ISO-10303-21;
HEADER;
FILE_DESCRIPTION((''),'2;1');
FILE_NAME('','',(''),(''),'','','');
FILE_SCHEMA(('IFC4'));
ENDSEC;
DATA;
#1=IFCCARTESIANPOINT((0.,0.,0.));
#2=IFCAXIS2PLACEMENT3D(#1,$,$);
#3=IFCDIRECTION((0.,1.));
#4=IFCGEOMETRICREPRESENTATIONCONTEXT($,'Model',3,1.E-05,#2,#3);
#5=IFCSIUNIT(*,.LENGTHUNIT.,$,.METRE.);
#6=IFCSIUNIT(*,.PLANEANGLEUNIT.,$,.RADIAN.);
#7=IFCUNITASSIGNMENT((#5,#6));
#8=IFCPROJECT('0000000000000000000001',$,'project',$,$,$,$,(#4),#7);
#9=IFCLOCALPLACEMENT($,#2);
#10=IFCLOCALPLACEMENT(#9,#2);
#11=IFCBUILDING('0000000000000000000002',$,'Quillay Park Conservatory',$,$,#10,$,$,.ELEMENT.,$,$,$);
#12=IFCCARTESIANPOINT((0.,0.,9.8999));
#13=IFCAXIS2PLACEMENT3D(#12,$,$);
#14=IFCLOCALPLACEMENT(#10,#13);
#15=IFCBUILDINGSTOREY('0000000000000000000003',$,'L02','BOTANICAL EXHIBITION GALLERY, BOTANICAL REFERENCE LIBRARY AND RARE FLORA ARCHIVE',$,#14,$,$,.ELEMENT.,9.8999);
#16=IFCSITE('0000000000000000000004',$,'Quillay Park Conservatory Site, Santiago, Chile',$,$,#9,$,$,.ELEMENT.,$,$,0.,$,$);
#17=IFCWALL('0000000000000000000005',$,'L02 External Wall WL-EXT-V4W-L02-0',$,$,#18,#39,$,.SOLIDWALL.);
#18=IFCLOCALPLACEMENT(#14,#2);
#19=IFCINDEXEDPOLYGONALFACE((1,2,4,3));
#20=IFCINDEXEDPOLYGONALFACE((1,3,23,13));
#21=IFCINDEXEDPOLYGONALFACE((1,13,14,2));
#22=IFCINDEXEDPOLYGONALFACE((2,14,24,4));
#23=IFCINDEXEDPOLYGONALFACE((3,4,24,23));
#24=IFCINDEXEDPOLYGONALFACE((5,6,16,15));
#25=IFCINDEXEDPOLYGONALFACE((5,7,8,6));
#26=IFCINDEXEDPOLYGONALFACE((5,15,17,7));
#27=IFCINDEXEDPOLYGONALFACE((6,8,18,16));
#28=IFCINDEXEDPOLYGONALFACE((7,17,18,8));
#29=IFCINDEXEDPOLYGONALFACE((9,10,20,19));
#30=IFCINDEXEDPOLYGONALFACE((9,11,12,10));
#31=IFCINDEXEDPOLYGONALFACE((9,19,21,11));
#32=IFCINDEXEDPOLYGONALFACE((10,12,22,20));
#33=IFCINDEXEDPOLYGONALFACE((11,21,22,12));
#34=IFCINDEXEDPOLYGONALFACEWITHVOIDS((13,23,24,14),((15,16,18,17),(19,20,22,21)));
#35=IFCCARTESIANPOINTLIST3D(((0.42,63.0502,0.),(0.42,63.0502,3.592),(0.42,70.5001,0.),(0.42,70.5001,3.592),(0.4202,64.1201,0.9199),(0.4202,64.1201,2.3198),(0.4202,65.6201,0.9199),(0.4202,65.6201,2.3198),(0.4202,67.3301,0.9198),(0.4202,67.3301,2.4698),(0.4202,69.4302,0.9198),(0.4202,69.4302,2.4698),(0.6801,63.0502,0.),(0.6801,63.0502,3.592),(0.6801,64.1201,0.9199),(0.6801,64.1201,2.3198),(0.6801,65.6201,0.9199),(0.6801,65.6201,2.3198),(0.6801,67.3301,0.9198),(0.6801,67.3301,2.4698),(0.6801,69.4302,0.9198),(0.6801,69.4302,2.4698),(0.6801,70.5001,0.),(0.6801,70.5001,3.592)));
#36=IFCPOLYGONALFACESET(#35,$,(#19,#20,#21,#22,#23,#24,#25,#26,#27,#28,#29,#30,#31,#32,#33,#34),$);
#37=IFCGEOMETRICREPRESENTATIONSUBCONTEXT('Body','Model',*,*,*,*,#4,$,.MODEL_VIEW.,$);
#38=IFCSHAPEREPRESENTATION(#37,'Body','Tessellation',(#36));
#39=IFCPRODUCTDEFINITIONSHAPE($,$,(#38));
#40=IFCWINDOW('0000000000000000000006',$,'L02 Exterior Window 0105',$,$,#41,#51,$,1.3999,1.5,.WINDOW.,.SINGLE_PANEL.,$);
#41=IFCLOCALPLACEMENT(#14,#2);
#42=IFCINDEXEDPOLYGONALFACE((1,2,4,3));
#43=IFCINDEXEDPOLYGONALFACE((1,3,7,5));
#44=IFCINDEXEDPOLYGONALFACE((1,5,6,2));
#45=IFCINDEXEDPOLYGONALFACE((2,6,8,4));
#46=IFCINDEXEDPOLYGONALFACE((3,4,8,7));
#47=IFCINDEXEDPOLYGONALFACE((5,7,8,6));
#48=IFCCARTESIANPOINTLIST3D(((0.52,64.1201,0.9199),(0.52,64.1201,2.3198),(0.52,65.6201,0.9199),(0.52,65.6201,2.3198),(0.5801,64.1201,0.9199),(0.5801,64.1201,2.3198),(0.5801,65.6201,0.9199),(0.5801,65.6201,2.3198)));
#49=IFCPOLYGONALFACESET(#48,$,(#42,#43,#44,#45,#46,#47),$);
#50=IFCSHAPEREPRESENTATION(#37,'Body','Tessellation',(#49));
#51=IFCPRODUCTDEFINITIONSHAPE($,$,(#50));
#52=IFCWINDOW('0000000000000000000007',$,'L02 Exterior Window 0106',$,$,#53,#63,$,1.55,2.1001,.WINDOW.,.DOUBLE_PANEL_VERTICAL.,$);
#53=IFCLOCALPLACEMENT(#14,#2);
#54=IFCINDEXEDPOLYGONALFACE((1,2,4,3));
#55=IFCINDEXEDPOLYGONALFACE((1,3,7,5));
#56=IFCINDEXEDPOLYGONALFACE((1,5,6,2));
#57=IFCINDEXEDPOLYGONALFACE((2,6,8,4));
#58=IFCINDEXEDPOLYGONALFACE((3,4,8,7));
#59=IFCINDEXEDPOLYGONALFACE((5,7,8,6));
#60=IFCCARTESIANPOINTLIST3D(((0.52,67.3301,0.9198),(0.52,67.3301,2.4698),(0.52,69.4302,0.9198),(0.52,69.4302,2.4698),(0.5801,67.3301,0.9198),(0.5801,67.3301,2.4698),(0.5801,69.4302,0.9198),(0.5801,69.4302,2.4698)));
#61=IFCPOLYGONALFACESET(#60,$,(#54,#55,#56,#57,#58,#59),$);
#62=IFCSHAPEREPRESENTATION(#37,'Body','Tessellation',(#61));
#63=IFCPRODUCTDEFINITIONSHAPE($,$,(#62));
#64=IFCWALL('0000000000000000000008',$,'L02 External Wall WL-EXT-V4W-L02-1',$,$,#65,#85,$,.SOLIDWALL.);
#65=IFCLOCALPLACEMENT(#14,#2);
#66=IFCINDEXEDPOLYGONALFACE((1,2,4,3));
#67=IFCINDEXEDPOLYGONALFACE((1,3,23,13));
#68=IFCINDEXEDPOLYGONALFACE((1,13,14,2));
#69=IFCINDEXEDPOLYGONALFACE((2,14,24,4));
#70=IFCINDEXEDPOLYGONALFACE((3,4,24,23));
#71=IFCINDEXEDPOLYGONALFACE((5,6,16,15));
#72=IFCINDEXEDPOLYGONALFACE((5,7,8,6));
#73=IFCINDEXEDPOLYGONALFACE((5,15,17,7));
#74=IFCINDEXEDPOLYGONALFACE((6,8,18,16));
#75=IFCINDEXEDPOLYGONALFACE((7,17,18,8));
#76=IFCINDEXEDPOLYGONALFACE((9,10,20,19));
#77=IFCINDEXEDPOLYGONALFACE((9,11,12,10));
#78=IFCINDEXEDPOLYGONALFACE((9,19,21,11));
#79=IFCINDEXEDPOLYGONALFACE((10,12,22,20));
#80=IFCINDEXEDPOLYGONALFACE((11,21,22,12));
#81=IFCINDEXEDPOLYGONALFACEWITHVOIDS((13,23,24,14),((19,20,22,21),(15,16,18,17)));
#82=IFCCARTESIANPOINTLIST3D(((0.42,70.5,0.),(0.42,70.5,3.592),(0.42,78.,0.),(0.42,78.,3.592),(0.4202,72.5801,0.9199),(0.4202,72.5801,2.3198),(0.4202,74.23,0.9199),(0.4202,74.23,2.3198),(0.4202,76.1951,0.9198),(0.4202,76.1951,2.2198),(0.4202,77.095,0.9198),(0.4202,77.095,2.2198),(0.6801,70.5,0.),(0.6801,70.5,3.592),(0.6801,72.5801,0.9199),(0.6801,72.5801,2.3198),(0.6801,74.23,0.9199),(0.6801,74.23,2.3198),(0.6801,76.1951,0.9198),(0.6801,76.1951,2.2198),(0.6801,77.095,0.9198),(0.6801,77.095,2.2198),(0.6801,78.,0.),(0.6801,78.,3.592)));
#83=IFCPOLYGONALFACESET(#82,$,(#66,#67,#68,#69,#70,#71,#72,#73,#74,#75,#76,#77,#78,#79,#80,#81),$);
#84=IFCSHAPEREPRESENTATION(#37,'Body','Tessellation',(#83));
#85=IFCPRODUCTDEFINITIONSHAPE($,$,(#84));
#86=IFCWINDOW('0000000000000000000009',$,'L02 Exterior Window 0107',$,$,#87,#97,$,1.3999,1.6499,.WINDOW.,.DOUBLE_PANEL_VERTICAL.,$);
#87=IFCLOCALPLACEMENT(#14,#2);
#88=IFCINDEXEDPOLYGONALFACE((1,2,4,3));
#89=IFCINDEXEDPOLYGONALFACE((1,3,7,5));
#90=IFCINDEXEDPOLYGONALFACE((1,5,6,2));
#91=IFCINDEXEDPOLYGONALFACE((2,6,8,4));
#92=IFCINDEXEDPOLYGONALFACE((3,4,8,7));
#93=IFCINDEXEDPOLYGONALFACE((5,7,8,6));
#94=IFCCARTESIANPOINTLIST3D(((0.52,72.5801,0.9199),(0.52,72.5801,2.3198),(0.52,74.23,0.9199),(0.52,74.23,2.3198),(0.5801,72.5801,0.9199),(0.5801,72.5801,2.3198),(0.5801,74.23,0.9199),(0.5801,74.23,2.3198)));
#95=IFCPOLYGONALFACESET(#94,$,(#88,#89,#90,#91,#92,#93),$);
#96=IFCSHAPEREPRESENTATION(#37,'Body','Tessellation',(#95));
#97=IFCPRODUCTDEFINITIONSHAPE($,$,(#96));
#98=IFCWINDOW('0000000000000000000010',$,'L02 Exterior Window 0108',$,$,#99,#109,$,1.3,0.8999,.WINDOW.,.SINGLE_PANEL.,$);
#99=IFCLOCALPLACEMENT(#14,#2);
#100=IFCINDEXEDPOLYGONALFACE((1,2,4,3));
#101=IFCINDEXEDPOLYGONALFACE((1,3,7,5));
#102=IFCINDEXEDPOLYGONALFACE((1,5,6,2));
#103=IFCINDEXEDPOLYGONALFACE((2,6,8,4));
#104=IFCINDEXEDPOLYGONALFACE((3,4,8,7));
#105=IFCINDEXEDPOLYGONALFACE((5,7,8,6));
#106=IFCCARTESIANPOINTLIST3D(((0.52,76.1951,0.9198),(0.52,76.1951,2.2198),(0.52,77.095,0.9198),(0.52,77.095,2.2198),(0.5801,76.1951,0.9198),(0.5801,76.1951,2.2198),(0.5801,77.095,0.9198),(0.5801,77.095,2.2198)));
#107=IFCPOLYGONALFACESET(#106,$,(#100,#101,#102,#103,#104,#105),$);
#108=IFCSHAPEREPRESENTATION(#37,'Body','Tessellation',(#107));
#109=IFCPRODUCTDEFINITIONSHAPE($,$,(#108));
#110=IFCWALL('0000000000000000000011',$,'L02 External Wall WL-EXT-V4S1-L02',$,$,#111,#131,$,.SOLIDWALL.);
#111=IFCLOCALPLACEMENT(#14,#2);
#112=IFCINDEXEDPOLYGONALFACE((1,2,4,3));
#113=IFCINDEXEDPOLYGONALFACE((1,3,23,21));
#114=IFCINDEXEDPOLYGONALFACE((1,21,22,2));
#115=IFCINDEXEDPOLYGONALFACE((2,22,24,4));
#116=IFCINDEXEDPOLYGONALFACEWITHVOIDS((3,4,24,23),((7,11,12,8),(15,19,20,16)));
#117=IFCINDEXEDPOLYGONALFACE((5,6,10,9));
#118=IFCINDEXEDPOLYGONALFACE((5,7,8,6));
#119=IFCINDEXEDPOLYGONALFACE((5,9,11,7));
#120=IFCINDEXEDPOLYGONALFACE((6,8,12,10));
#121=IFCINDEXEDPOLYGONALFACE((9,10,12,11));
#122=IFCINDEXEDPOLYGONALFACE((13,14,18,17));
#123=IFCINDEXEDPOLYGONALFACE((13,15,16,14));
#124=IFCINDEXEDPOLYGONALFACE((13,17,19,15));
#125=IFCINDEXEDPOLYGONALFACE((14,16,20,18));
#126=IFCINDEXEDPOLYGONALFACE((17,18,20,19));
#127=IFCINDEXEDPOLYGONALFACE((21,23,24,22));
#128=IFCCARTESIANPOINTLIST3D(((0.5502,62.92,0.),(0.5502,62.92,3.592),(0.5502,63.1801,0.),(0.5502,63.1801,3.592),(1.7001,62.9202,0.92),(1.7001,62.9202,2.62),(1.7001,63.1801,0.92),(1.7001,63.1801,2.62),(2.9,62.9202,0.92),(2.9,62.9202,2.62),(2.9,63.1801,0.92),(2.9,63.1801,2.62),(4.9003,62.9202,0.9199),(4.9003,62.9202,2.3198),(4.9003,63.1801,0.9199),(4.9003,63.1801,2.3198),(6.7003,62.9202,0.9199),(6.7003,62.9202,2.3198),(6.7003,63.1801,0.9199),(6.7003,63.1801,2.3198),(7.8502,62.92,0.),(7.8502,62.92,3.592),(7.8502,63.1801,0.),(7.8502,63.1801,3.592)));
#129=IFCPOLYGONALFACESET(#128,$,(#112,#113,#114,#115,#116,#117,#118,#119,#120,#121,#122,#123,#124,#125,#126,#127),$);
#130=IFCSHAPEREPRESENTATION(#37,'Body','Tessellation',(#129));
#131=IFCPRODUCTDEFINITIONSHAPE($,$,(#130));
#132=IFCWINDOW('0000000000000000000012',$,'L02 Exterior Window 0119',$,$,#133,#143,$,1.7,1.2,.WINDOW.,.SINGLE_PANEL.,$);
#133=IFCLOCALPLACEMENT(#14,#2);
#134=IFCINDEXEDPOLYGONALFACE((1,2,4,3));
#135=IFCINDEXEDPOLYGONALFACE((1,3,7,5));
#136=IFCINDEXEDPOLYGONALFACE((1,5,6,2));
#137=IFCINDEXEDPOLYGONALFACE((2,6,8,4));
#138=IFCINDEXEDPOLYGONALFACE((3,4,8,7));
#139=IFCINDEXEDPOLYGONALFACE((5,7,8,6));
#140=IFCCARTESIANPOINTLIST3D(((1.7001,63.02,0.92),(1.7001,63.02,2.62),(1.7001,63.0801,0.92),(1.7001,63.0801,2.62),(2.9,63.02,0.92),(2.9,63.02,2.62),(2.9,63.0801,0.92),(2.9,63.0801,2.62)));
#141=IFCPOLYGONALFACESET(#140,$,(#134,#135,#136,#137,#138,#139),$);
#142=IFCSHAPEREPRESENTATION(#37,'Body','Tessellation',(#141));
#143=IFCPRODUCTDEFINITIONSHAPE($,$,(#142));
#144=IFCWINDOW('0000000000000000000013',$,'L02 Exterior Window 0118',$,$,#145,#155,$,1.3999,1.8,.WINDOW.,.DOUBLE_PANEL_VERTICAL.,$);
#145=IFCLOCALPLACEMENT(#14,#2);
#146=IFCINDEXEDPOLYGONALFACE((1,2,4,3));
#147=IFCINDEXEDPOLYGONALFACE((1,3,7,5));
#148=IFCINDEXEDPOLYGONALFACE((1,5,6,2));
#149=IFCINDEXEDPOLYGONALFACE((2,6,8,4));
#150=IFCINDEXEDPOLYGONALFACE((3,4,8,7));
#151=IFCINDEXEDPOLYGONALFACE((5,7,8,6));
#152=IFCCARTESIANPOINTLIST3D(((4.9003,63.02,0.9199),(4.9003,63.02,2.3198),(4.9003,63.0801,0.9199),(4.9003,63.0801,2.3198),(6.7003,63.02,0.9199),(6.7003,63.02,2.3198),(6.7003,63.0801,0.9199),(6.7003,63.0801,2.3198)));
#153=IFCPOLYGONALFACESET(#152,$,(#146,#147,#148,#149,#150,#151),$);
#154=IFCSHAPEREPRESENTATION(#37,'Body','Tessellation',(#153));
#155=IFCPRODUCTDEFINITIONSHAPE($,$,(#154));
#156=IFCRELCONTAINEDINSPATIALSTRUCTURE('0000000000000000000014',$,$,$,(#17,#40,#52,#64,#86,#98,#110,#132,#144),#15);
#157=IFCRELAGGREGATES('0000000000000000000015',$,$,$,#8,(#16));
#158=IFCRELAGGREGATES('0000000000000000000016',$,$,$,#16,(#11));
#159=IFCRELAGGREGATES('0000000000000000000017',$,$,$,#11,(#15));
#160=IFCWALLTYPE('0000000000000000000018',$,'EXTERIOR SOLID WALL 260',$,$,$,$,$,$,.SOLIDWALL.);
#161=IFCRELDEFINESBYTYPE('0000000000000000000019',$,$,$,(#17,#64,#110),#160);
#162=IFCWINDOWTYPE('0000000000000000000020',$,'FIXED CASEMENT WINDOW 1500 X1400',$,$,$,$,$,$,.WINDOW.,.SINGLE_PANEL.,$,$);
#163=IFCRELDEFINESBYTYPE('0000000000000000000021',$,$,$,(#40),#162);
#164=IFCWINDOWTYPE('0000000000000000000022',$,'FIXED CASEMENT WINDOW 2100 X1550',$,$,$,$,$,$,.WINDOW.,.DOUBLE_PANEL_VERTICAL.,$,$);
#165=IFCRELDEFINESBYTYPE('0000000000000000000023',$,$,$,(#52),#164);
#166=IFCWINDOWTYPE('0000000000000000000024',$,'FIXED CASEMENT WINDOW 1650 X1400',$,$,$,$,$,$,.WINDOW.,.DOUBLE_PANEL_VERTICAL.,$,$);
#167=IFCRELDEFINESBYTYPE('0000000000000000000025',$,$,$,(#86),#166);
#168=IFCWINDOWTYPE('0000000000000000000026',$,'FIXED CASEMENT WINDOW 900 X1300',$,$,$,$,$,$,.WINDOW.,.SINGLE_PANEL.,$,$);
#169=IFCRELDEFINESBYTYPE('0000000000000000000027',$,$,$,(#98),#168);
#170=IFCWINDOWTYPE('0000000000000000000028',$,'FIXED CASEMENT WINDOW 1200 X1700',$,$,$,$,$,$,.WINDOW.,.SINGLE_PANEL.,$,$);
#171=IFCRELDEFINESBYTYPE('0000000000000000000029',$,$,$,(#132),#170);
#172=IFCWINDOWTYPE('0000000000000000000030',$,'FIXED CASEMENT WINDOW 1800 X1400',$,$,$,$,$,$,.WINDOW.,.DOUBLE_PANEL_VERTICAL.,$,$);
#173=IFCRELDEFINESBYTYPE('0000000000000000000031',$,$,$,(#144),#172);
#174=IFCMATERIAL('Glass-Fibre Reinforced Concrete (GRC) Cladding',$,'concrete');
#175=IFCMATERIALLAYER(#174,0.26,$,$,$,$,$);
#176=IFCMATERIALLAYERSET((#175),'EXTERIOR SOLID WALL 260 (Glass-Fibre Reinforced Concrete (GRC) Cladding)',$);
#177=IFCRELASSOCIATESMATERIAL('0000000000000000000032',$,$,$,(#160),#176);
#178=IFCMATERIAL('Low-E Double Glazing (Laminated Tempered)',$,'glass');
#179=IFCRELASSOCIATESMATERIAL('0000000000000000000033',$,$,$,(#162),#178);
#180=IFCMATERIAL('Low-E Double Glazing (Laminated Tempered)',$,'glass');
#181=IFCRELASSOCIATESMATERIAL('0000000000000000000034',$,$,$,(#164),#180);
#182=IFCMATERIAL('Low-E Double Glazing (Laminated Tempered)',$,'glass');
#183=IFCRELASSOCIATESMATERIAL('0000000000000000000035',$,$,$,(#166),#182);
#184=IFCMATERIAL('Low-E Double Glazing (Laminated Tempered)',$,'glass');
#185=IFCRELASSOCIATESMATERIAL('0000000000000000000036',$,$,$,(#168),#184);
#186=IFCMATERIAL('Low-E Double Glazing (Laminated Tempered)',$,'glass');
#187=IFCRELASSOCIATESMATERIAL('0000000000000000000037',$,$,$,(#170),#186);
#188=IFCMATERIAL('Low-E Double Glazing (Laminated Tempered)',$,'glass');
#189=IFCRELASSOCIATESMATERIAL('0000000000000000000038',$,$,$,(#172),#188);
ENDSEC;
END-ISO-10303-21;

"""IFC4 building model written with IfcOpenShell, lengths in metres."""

from ifc_helpers import new_model, si_unit, direction, frame, frame_2d, origin, place, context, subcontext, project, spatial, rectangle, extrude, material, layer, layer_set, type_object, element, fill, save


model = new_model("IFC4")

# Units and contexts
model_context = context("Model", 3, precision=1e-05, world=origin(), true_north=direction((0.0, 1.0)))
body_context = subcontext(model_context, "Body", "Model", "MODEL_VIEW")
ifc_project = project(units=[si_unit("LENGTHUNIT", "METRE"), si_unit("PLANEANGLEUNIT", "RADIAN")], contexts=[model_context])

# Site, building, storey
site_placement = place(None, origin())
site = spatial("IfcSite", under=ifc_project, at=site_placement, Name="Quillay Park Conservatory Site, Santiago, Chile", CompositionType="ELEMENT", RefElevation=0.0)
building_placement = place(site_placement, origin())
building = spatial("IfcBuilding", under=site, at=building_placement, Name="Quillay Park Conservatory", CompositionType="ELEMENT")
storey_placement = place(building_placement, frame((0.0, 0.0, 9.8999)))
storey = spatial("IfcBuildingStorey", under=building, at=storey_placement, Name="L02", Description="BOTANICAL EXHIBITION GALLERY, BOTANICAL REFERENCE LIBRARY AND RARE FLORA ARCHIVE", CompositionType="ELEMENT", Elevation=9.8999)

# Walls, openings, windows
ifc_material_1 = material(Name="Glass-Fibre Reinforced Concrete (GRC) Cladding", Category="concrete")
ifc_layer = layer(ifc_material_1, 0.26)
ifc_layer_set = layer_set([ifc_layer], Name="EXTERIOR SOLID WALL 260 (Glass-Fibre Reinforced Concrete (GRC) Cladding)")
wall_type = type_object("IfcWallType", Name="EXTERIOR SOLID WALL 260", PredefinedType="SOLIDWALL", material=ifc_layer_set)
wall_1_placement = place(storey_placement, frame((0.55, 63.05, 0.0), z_axis=(0.0, 0.0, 1.0), x_axis=(0.0, 1.0, 0.0)))
wall_1 = element("IfcWall", 1, at=wall_1_placement, inside=storey, type_object=wall_type, Name="L02 External Wall WL-EXT-V4W-L02-0", PredefinedType="SOLIDWALL", context=body_context, shape_type="SweptSolid", body=[
    extrude(rectangle(XDim=7.45, YDim=0.26, at=frame_2d((3.7251, 0.0))), origin(), (0.0, 0.0, 1.0), 3.592),
])
opening_1_placement = place(wall_1_placement, frame((1.0701, 0.0, 0.9199)))
opening_1 = element("IfcOpeningElement", 2, at=opening_1_placement, cuts=wall_1, PredefinedType="OPENING", context=body_context, shape_type="SweptSolid", body=[
    extrude(rectangle(XDim=1.5, YDim=1.3999, at=frame_2d((0.75, 0.7))), frame((0.0, 0.1299, 0.0), z_axis=(0.0, -1.0, 0.0), x_axis=(1.0, 0.0, 0.0)), (0.0, 0.0, 1.0), 0.26),
])
opening_2_placement = place(wall_1_placement, frame((4.28, 0.0, 0.9199)))
opening_2 = element("IfcOpeningElement", 3, at=opening_2_placement, cuts=wall_1, PredefinedType="OPENING", context=body_context, shape_type="SweptSolid", body=[
    extrude(rectangle(XDim=2.1001, YDim=1.55, at=frame_2d((1.05, 0.7749))), frame((0.0, 0.1299, 0.0), z_axis=(0.0, -1.0, 0.0), x_axis=(1.0, 0.0, 0.0)), (0.0, 0.0, 1.0), 0.26),
])
ifc_material_2 = material(Name="Low-E Double Glazing (Laminated Tempered)", Category="glass")
window_type_1 = type_object("IfcWindowType", Name="FIXED CASEMENT WINDOW 1500 X1400", PartitioningType="SINGLE_PANEL", PredefinedType="WINDOW", material=ifc_material_2)
window_1_placement = place(opening_1_placement, origin())
window_1 = element("IfcWindow", 4, at=window_1_placement, inside=storey, type_object=window_type_1, Name="L02 Exterior Window 0105", OverallHeight=1.3999, OverallWidth=1.5, PartitioningType="SINGLE_PANEL", PredefinedType="WINDOW", context=body_context, shape_type="SweptSolid", body=[
    extrude(rectangle(XDim=1.5, YDim=1.3999, at=frame_2d((0.75, 0.7))), frame((0.0, 0.03, 0.0), z_axis=(0.0, -1.0, 0.0), x_axis=(1.0, 0.0, 0.0)), (0.0, 0.0, 1.0), 0.0601),
])
fill(opening_1, window_1)
ifc_material_3 = material(Name="Low-E Double Glazing (Laminated Tempered)", Category="glass")
window_type_2 = type_object("IfcWindowType", Name="FIXED CASEMENT WINDOW 2100 X1550", PartitioningType="DOUBLE_PANEL_VERTICAL", PredefinedType="WINDOW", material=ifc_material_3)
window_2_placement = place(opening_2_placement, origin())
window_2 = element("IfcWindow", 5, at=window_2_placement, inside=storey, type_object=window_type_2, Name="L02 Exterior Window 0106", OverallHeight=1.55, OverallWidth=2.1001, PartitioningType="DOUBLE_PANEL_VERTICAL", PredefinedType="WINDOW", context=body_context, shape_type="SweptSolid", body=[
    extrude(rectangle(XDim=2.1001, YDim=1.55, at=frame_2d((1.05, 0.7749))), frame((0.0, 0.03, 0.0), z_axis=(0.0, -1.0, 0.0), x_axis=(1.0, 0.0, 0.0)), (0.0, 0.0, 1.0), 0.0601),
])
fill(opening_2, window_2)
wall_2_placement = place(storey_placement, frame((0.55, 70.5, 0.0), z_axis=(0.0, 0.0, 1.0), x_axis=(0.0, 1.0, 0.0)))
wall_2 = element("IfcWall", 6, at=wall_2_placement, inside=storey, type_object=wall_type, Name="L02 External Wall WL-EXT-V4W-L02-1", PredefinedType="SOLIDWALL", context=body_context, shape_type="SweptSolid", body=[
    extrude(rectangle(XDim=7.5, YDim=0.26, at=frame_2d((3.75, 0.0))), origin(), (0.0, 0.0, 1.0), 3.592),
])
opening_3_placement = place(wall_2_placement, frame((2.0801, 0.0, 0.9199)))
opening_3 = element("IfcOpeningElement", 7, at=opening_3_placement, cuts=wall_2, PredefinedType="OPENING", context=body_context, shape_type="SweptSolid", body=[
    extrude(rectangle(XDim=1.6499, YDim=1.3999, at=frame_2d((0.825, 0.7))), frame((0.0, 0.1299, 0.0), z_axis=(0.0, -1.0, 0.0), x_axis=(1.0, 0.0, 0.0)), (0.0, 0.0, 1.0), 0.26),
])
opening_4_placement = place(wall_2_placement, frame((5.6951, 0.0, 0.9199)))
opening_4 = element("IfcOpeningElement", 8, at=opening_4_placement, cuts=wall_2, PredefinedType="OPENING", context=body_context, shape_type="SweptSolid", body=[
    extrude(rectangle(XDim=0.8999, YDim=1.3, at=frame_2d((0.45, 0.6499))), frame((0.0, 0.1299, 0.0), z_axis=(0.0, -1.0, 0.0), x_axis=(1.0, 0.0, 0.0)), (0.0, 0.0, 1.0), 0.26),
])
ifc_material_4 = material(Name="Low-E Double Glazing (Laminated Tempered)", Category="glass")
window_type_3 = type_object("IfcWindowType", Name="FIXED CASEMENT WINDOW 1650 X1400", PartitioningType="DOUBLE_PANEL_VERTICAL", PredefinedType="WINDOW", material=ifc_material_4)
window_3_placement = place(opening_3_placement, origin())
window_3 = element("IfcWindow", 9, at=window_3_placement, inside=storey, type_object=window_type_3, Name="L02 Exterior Window 0107", OverallHeight=1.3999, OverallWidth=1.6499, PartitioningType="DOUBLE_PANEL_VERTICAL", PredefinedType="WINDOW", context=body_context, shape_type="SweptSolid", body=[
    extrude(rectangle(XDim=1.6499, YDim=1.3999, at=frame_2d((0.825, 0.7))), frame((0.0, 0.03, 0.0), z_axis=(0.0, -1.0, 0.0), x_axis=(1.0, 0.0, 0.0)), (0.0, 0.0, 1.0), 0.0601),
])
fill(opening_3, window_3)
ifc_material_5 = material(Name="Low-E Double Glazing (Laminated Tempered)", Category="glass")
window_type_4 = type_object("IfcWindowType", Name="FIXED CASEMENT WINDOW 900 X1300", PartitioningType="SINGLE_PANEL", PredefinedType="WINDOW", material=ifc_material_5)
window_4_placement = place(opening_4_placement, origin())
window_4 = element("IfcWindow", 10, at=window_4_placement, inside=storey, type_object=window_type_4, Name="L02 Exterior Window 0108", OverallHeight=1.3, OverallWidth=0.8999, PartitioningType="SINGLE_PANEL", PredefinedType="WINDOW", context=body_context, shape_type="SweptSolid", body=[
    extrude(rectangle(XDim=0.8999, YDim=1.3, at=frame_2d((0.45, 0.6499))), frame((0.0, 0.03, 0.0), z_axis=(0.0, -1.0, 0.0), x_axis=(1.0, 0.0, 0.0)), (0.0, 0.0, 1.0), 0.0601),
])
fill(opening_4, window_4)
wall_3_placement = place(storey_placement, frame((7.8501, 63.05, 0.0), z_axis=(0.0, 0.0, 1.0), x_axis=(-1.0, 0.0, 0.0)))
wall_3 = element("IfcWall", 11, at=wall_3_placement, inside=storey, type_object=wall_type, Name="L02 External Wall WL-EXT-V4S1-L02", PredefinedType="SOLIDWALL", context=body_context, shape_type="SweptSolid", body=[
    extrude(rectangle(XDim=7.3, YDim=0.26, at=frame_2d((3.6499, 0.0))), origin(), (0.0, 0.0, 1.0), 3.592),
])
opening_5_placement = place(wall_3_placement, frame((1.1499, 0.0, 0.9199)))
opening_5 = element("IfcOpeningElement", 12, at=opening_5_placement, cuts=wall_3, PredefinedType="OPENING", context=body_context, shape_type="SweptSolid", body=[
    extrude(rectangle(XDim=1.8, YDim=1.3999, at=frame_2d((0.8999, 0.7))), frame((0.0, 0.1299, 0.0), z_axis=(0.0, -1.0, 0.0), x_axis=(1.0, 0.0, 0.0)), (0.0, 0.0, 1.0), 0.26),
])
opening_6_placement = place(wall_3_placement, frame((4.95, 0.0, 0.9199)))
opening_6 = element("IfcOpeningElement", 13, at=opening_6_placement, cuts=wall_3, PredefinedType="OPENING", context=body_context, shape_type="SweptSolid", body=[
    extrude(rectangle(XDim=1.2, YDim=1.7, at=frame_2d((0.6001, 0.8501))), frame((0.0, 0.1299, 0.0), z_axis=(0.0, -1.0, 0.0), x_axis=(1.0, 0.0, 0.0)), (0.0, 0.0, 1.0), 0.26),
])
ifc_material_6 = material(Name="Low-E Double Glazing (Laminated Tempered)", Category="glass")
window_type_5 = type_object("IfcWindowType", Name="FIXED CASEMENT WINDOW 1200 X1700", PartitioningType="SINGLE_PANEL", PredefinedType="WINDOW", material=ifc_material_6)
window_5_placement = place(opening_6_placement, origin())
window_5 = element("IfcWindow", 14, at=window_5_placement, inside=storey, type_object=window_type_5, Name="L02 Exterior Window 0119", OverallHeight=1.7, OverallWidth=1.2, PartitioningType="SINGLE_PANEL", PredefinedType="WINDOW", context=body_context, shape_type="SweptSolid", body=[
    extrude(rectangle(XDim=1.2, YDim=1.7, at=frame_2d((0.6001, 0.8501))), frame((0.0, 0.03, 0.0), z_axis=(0.0, -1.0, 0.0), x_axis=(1.0, 0.0, 0.0)), (0.0, 0.0, 1.0), 0.0601),
])
fill(opening_6, window_5)
ifc_material_7 = material(Name="Low-E Double Glazing (Laminated Tempered)", Category="glass")
window_type_6 = type_object("IfcWindowType", Name="FIXED CASEMENT WINDOW 1800 X1400", PartitioningType="DOUBLE_PANEL_VERTICAL", PredefinedType="WINDOW", material=ifc_material_7)
window_6_placement = place(opening_5_placement, origin())
window_6 = element("IfcWindow", 15, at=window_6_placement, inside=storey, type_object=window_type_6, Name="L02 Exterior Window 0118", OverallHeight=1.3999, OverallWidth=1.8, PartitioningType="DOUBLE_PANEL_VERTICAL", PredefinedType="WINDOW", context=body_context, shape_type="SweptSolid", body=[
    extrude(rectangle(XDim=1.8, YDim=1.3999, at=frame_2d((0.8999, 0.7))), frame((0.0, 0.03, 0.0), z_axis=(0.0, -1.0, 0.0), x_axis=(1.0, 0.0, 0.0)), (0.0, 0.0, 1.0), 0.0601),
])
fill(opening_5, window_6)

save(model, "model.ifc")
